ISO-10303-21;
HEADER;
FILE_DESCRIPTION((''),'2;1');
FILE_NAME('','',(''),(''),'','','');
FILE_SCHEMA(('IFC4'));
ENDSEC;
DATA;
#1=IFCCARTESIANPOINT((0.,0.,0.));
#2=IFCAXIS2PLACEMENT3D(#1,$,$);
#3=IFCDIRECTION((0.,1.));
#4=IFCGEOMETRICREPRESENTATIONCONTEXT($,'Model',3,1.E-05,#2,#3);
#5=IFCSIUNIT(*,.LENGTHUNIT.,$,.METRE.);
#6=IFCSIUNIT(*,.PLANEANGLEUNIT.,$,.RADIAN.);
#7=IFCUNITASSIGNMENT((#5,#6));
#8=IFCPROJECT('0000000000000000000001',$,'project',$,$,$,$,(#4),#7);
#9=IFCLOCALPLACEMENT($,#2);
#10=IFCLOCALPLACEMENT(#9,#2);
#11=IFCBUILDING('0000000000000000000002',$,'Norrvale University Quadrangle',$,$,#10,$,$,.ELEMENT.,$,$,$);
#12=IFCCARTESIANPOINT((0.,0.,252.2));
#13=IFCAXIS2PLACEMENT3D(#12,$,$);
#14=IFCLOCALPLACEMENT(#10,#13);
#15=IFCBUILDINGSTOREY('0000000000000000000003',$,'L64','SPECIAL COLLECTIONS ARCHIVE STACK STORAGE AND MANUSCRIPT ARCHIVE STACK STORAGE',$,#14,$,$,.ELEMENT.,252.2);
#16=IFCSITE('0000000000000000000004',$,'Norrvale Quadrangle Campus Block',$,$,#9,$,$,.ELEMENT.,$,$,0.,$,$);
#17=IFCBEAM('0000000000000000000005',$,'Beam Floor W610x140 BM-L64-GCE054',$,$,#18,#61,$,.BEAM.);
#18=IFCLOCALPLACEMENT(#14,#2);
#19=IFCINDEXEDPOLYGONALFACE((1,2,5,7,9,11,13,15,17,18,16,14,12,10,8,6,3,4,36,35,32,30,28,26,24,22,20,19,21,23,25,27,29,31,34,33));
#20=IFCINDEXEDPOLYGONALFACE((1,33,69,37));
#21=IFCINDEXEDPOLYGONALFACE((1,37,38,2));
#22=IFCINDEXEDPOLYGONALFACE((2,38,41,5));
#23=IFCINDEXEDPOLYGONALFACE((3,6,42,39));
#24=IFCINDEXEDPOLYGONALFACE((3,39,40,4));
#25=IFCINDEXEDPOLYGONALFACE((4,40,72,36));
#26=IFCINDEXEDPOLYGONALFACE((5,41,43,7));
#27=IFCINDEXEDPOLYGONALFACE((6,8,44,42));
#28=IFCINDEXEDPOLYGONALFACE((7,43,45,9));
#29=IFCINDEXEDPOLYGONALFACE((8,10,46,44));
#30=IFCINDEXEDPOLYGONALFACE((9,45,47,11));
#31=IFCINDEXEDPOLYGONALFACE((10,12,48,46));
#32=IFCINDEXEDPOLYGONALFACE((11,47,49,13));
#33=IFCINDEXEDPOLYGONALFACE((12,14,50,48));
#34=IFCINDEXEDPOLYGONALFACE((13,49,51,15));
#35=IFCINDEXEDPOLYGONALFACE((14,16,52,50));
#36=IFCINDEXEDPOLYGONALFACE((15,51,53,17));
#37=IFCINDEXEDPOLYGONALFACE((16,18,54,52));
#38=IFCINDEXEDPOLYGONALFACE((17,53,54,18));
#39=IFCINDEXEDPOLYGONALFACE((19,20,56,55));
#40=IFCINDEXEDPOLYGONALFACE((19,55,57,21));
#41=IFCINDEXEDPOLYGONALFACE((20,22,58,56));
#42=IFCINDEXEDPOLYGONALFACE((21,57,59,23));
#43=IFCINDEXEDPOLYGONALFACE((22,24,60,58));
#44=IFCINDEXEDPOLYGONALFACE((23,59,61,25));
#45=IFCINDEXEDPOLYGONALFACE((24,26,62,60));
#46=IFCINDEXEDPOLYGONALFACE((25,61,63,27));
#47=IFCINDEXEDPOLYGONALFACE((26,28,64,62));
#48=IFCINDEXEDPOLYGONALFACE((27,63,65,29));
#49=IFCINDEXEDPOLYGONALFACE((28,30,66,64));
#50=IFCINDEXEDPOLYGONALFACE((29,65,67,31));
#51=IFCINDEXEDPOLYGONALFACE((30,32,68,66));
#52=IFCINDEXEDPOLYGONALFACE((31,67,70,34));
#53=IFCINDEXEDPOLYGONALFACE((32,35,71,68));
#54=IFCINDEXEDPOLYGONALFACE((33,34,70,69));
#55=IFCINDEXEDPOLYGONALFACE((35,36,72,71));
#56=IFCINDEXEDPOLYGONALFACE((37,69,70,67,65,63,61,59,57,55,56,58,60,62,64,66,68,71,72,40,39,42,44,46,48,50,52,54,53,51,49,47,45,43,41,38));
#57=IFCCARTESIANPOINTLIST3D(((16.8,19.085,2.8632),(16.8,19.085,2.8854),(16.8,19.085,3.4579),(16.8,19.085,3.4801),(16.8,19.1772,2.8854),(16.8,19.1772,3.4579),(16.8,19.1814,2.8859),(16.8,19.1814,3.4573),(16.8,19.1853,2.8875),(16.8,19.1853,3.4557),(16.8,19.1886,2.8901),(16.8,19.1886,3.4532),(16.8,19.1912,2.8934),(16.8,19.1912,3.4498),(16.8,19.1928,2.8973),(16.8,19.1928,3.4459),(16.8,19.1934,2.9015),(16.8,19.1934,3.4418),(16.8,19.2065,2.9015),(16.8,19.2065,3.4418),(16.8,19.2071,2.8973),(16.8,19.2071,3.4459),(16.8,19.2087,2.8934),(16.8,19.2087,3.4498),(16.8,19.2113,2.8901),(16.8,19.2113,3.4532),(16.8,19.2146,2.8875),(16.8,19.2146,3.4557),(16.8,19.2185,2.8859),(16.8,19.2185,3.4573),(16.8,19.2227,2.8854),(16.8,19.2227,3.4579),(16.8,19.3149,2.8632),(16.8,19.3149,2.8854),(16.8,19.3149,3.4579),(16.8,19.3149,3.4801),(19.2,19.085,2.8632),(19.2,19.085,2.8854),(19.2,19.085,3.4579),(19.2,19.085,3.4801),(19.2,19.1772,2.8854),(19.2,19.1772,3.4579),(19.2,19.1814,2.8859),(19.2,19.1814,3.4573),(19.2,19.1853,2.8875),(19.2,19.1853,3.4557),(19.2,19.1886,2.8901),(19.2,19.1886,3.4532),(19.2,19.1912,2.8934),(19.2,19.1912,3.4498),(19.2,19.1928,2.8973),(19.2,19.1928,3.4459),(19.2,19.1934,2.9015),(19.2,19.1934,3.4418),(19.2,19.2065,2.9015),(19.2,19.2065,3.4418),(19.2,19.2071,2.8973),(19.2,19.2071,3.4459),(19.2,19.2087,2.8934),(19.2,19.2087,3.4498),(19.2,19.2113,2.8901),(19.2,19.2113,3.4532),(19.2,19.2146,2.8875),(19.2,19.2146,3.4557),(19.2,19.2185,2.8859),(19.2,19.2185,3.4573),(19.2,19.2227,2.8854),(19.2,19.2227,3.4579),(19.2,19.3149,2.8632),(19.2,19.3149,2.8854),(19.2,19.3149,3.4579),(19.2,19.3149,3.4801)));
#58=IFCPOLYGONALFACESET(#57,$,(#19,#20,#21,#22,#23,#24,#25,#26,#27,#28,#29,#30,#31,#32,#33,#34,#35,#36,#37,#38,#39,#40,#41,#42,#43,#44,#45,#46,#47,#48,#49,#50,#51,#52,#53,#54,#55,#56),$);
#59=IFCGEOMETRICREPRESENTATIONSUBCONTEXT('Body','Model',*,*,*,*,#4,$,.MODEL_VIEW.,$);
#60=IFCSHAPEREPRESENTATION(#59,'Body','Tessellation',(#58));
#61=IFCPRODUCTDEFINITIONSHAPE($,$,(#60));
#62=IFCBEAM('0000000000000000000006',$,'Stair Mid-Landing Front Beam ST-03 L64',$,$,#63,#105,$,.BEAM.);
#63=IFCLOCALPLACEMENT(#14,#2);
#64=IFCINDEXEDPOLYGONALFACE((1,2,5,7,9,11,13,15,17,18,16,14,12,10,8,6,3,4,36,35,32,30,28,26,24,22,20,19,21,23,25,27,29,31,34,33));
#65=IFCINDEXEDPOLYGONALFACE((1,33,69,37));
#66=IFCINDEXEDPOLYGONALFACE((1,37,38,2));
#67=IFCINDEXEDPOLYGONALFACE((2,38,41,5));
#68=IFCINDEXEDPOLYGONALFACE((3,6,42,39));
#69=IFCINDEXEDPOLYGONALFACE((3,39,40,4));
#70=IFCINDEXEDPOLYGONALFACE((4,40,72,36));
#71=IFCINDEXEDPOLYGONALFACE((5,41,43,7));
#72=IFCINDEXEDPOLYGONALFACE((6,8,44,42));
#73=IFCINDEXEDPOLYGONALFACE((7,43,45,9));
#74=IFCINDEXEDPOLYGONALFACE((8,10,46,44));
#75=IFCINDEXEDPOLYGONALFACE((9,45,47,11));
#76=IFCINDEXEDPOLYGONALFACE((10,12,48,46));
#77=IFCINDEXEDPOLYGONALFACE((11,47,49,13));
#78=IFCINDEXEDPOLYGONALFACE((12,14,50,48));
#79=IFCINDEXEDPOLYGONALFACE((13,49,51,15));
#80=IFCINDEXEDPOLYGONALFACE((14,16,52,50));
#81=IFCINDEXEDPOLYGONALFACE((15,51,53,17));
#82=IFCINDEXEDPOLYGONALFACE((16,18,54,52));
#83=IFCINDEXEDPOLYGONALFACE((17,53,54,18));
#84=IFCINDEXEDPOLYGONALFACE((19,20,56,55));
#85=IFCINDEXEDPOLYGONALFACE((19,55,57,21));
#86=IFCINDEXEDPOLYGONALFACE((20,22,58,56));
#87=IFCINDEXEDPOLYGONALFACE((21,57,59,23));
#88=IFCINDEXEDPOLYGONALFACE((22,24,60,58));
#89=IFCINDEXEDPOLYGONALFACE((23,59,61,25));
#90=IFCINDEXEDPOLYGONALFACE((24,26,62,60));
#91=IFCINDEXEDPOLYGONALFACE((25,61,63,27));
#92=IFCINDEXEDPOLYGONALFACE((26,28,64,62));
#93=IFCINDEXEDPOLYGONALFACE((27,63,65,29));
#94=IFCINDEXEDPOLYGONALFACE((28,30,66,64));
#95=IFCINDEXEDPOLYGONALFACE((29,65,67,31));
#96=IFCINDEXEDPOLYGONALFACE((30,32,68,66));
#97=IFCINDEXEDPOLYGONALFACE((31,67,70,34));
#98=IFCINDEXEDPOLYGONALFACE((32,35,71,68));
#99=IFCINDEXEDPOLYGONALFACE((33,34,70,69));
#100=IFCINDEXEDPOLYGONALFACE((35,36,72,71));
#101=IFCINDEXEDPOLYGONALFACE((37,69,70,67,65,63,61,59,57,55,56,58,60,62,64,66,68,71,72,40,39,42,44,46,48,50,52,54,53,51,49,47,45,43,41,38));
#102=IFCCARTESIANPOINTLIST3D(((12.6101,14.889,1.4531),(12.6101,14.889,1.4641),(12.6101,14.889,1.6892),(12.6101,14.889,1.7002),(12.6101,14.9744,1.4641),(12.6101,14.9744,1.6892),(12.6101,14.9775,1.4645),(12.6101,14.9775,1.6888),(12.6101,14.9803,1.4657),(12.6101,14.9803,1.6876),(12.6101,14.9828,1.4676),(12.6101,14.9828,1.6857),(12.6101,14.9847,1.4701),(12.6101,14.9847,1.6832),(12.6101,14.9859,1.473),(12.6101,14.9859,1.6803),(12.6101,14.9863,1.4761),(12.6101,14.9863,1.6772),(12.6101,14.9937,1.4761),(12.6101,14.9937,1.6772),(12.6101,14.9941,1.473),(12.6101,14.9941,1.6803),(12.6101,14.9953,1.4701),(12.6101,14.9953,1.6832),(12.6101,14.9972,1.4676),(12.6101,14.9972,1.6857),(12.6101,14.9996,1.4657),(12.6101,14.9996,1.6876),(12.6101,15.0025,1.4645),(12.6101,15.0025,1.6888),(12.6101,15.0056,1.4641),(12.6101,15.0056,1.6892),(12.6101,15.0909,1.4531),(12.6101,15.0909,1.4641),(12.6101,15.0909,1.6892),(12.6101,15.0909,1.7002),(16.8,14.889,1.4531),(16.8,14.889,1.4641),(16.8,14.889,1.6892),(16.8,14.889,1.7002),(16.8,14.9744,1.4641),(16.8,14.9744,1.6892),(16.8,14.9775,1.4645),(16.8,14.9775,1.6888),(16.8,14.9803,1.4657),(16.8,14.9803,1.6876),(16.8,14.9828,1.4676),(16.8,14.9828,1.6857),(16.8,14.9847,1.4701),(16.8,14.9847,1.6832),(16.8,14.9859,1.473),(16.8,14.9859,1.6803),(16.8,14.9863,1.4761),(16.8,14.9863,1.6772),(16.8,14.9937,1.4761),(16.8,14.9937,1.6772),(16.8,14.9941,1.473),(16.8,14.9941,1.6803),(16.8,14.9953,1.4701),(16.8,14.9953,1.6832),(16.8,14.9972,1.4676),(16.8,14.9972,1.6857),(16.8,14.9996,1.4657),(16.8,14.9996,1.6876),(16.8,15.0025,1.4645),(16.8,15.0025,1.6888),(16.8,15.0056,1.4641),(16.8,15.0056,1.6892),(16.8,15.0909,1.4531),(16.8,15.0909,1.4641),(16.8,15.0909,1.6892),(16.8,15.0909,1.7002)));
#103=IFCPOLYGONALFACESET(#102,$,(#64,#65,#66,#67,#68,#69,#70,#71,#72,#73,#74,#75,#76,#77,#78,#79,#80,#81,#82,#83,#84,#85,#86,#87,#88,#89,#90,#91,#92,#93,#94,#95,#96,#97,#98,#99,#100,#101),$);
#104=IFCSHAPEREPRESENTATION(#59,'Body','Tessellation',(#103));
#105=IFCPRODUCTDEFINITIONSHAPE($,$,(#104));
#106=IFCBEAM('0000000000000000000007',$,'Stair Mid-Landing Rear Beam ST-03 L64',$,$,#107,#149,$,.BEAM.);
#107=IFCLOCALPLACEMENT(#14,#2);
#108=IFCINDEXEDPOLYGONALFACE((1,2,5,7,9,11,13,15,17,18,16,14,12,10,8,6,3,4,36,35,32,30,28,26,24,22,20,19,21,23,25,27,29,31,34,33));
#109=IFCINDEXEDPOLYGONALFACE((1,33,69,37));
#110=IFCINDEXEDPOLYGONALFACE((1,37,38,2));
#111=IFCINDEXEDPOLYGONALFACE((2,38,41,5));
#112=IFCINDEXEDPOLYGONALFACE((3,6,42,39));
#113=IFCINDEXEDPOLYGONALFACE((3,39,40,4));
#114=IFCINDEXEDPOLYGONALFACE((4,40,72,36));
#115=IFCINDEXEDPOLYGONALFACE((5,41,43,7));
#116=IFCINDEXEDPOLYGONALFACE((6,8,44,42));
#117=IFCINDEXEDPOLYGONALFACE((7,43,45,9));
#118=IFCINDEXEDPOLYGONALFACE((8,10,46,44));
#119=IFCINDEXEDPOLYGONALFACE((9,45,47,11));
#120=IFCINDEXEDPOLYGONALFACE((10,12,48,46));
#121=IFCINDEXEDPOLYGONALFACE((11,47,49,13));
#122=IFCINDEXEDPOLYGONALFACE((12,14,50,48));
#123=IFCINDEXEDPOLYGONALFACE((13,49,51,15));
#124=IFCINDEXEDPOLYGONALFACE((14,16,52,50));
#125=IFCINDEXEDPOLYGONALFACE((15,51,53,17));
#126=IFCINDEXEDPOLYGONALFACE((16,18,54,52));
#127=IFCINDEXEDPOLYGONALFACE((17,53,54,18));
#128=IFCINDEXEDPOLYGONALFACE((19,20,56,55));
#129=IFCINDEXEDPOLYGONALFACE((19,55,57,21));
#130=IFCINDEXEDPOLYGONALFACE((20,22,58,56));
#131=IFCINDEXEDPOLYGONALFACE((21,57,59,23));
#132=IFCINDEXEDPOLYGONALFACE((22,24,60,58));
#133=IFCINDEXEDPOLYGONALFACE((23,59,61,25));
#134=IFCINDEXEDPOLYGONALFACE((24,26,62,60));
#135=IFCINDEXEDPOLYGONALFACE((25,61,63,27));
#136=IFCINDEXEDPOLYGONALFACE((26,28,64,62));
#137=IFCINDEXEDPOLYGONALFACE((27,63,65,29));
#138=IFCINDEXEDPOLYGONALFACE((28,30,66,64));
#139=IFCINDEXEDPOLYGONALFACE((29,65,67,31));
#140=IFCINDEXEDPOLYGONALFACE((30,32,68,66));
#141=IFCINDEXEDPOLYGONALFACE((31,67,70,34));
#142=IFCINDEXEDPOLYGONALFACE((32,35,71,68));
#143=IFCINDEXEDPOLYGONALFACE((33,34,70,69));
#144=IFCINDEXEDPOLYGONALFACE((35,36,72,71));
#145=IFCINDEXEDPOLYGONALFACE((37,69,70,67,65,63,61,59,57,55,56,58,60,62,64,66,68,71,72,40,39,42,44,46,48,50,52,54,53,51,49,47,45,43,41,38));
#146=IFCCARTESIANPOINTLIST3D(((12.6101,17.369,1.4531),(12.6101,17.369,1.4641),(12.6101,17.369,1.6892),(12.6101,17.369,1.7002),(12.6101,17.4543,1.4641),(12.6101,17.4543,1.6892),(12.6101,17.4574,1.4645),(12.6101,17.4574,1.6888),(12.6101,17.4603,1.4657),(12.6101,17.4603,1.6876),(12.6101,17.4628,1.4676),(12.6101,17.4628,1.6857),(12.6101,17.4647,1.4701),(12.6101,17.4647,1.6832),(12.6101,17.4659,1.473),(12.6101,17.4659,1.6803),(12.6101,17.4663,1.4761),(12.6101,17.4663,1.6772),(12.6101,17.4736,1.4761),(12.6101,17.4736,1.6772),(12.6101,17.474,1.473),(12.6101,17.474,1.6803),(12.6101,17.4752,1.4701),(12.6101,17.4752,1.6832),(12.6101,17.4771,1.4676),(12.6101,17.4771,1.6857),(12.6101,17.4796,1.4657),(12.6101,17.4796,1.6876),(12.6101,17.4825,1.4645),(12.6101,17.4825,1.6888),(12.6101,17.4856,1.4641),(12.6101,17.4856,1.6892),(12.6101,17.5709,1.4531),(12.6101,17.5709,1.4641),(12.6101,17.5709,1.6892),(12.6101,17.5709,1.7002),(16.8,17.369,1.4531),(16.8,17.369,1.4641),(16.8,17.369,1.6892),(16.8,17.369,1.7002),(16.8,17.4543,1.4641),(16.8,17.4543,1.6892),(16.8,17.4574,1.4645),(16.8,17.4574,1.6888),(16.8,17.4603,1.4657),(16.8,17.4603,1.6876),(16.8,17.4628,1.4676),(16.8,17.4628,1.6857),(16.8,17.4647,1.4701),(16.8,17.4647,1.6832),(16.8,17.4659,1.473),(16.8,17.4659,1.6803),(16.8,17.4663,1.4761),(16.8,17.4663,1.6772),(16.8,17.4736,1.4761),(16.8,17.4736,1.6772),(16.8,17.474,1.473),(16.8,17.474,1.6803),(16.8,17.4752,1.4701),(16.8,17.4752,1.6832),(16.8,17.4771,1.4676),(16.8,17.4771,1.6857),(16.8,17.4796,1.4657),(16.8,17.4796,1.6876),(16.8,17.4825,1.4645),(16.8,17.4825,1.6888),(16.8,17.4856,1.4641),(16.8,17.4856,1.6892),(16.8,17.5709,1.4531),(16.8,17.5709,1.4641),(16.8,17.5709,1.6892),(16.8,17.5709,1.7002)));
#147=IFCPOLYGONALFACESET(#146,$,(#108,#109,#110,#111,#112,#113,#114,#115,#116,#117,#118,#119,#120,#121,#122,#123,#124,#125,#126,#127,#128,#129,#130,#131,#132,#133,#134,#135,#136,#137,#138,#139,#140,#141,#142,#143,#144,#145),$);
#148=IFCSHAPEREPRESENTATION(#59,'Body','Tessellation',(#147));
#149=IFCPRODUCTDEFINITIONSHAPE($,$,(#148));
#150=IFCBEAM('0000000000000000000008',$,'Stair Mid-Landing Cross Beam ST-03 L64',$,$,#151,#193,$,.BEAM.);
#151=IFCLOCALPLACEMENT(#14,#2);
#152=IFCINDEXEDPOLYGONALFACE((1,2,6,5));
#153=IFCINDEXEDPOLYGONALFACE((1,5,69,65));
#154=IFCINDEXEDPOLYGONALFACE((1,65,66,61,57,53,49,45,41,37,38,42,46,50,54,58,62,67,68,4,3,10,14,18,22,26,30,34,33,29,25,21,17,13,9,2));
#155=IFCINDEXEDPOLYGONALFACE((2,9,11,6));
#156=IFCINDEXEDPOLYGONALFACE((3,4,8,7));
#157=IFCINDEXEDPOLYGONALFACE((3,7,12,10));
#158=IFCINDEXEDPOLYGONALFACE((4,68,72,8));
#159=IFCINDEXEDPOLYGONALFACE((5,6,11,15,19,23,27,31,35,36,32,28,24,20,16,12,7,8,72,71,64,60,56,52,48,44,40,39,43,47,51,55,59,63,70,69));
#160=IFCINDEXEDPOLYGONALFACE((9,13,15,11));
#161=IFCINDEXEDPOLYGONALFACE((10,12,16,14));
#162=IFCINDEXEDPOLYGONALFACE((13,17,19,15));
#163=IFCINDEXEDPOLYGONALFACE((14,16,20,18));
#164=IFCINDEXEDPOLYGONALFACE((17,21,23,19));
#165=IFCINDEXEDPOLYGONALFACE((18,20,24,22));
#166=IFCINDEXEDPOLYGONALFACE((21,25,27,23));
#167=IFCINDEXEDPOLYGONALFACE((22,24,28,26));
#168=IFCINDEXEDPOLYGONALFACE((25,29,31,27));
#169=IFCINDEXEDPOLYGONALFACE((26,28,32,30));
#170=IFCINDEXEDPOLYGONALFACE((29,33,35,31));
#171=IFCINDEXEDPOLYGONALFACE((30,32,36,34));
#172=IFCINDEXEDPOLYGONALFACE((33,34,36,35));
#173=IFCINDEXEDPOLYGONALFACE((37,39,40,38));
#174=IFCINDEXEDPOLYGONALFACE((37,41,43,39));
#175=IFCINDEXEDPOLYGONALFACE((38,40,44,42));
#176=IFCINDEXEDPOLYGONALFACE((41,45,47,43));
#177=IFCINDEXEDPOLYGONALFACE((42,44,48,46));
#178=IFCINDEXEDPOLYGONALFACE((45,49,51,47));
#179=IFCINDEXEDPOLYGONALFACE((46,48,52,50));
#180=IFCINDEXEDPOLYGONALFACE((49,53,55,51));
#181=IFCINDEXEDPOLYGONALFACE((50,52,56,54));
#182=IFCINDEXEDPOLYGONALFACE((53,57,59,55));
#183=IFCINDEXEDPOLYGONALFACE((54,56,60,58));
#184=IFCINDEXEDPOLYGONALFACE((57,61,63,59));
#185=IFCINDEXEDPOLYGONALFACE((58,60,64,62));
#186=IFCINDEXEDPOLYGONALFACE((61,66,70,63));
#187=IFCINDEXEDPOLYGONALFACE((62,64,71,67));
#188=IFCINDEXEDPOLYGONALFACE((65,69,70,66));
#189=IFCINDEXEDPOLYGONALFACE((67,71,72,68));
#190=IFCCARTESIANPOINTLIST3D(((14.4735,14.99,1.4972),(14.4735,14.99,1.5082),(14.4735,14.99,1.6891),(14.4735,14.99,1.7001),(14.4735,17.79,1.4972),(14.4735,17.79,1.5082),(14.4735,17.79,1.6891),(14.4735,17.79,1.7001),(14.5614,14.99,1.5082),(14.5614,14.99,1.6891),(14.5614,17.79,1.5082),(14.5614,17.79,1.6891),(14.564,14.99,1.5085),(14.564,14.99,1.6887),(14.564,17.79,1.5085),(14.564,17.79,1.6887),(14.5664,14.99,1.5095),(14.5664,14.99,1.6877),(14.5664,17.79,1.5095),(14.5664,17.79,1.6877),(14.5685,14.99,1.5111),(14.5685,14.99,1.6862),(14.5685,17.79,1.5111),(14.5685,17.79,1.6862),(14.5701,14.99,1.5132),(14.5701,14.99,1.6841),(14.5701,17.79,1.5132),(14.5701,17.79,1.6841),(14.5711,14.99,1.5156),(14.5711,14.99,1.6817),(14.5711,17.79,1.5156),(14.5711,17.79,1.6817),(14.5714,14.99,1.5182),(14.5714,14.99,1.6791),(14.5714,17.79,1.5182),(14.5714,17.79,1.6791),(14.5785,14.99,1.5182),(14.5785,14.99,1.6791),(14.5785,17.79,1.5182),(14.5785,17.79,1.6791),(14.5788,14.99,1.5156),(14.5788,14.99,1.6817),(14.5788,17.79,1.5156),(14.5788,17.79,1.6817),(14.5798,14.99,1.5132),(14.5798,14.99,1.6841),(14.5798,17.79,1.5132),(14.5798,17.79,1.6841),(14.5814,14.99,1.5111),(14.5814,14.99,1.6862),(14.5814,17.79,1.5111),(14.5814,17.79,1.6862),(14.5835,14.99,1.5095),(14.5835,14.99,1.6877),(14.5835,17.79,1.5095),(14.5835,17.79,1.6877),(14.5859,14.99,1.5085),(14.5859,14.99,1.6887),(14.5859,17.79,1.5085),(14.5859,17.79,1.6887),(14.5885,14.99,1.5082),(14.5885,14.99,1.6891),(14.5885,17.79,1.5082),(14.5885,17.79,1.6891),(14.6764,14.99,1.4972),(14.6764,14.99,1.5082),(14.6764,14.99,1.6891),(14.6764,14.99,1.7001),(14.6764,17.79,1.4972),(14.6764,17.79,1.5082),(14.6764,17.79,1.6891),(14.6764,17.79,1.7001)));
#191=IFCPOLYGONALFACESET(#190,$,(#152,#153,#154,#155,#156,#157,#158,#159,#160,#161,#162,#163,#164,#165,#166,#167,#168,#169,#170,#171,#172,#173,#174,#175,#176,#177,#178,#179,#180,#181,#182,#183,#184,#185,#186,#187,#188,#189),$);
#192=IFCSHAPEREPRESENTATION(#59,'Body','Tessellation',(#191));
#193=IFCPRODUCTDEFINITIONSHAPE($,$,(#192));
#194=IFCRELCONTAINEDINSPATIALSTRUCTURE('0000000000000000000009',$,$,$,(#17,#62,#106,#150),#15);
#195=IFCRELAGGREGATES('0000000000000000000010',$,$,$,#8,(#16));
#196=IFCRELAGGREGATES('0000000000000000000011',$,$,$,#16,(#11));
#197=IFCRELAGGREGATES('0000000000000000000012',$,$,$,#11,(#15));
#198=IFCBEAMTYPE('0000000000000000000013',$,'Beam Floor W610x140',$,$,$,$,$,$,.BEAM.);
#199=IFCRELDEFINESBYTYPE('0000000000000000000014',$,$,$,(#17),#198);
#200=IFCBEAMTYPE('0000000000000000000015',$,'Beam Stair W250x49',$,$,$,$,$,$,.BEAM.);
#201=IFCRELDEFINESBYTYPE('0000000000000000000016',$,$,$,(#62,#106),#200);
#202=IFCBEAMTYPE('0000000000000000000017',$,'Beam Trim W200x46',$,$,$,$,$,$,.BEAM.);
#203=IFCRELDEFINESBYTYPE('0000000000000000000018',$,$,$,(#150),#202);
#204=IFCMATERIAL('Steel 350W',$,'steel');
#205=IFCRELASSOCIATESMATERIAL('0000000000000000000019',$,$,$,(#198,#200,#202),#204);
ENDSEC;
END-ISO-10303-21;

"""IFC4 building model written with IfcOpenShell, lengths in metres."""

from ifc_helpers import new_model, si_unit, direction, frame, origin, origin_2d, place, context, subcontext, project, spatial, i_section, extrude, material, material_profile, profile_set, type_object, element, save


model = new_model("IFC4")

# Units and contexts
model_context = context("Model", 3, precision=1e-05, world=origin(), true_north=direction((0.0, 1.0)))
body_context = subcontext(model_context, "Body", "Model", "MODEL_VIEW")
ifc_project = project(units=[si_unit("LENGTHUNIT", "METRE"), si_unit("PLANEANGLEUNIT", "RADIAN")], contexts=[model_context])

# Site, building, storey
site_placement = place(None, origin())
site = spatial("IfcSite", under=ifc_project, at=site_placement, Name="Norrvale Quadrangle Campus Block", CompositionType="ELEMENT", RefElevation=0.0)
building_placement = place(site_placement, origin())
building = spatial("IfcBuilding", under=site, at=building_placement, Name="Norrvale University Quadrangle", CompositionType="ELEMENT")
storey_placement = place(building_placement, frame((0.0, 0.0, 252.2)))
storey = spatial("IfcBuildingStorey", under=building, at=storey_placement, Name="L64", Description="SPECIAL COLLECTIONS ARCHIVE STACK STORAGE AND MANUSCRIPT ARCHIVE STACK STORAGE", CompositionType="ELEMENT", Elevation=252.2)

# Beams
ifc_material_1 = material(Name="Steel 350W", Category="steel")
ifc_material_profile_1 = material_profile(ifc_material_1, i_section(OverallWidth=0.23, OverallDepth=0.6169, WebThickness=0.0132, FlangeThickness=0.0222, FilletRadius=0.0161, at=origin_2d()), Name="Steel 350W")
ifc_profile_set_1 = profile_set([ifc_material_profile_1], Name="Steel 350W")
beam_type_1 = type_object("IfcBeamType", Name="Beam Floor W610x140", PredefinedType="BEAM", material=ifc_profile_set_1)
beam_1_placement = place(storey_placement, frame((16.8, 19.2, 3.1716), z_axis=(1.0, 0.0, 0.0), x_axis=(0.0, 1.0, 0.0)))
element("IfcBeam", 1, at=beam_1_placement, inside=storey, type_object=beam_type_1, Name="Beam Floor W610x140 BM-L64-GCE054", PredefinedType="BEAM", context=body_context, shape_type="SweptSolid", body=[
    extrude(i_section(OverallWidth=0.23, OverallDepth=0.6169, WebThickness=0.0132, FlangeThickness=0.0222, FilletRadius=0.0161, at=origin_2d()), origin(), (0.0, 0.0, 1.0), 2.3999),
])
ifc_material_profile_2 = material_profile(ifc_material_1, i_section(OverallWidth=0.2019, OverallDepth=0.2471, WebThickness=0.0073, FlangeThickness=0.011, FilletRadius=0.012, at=origin_2d()), Name="Steel 350W")
ifc_profile_set_2 = profile_set([ifc_material_profile_2], Name="Steel 350W")
beam_type_2 = type_object("IfcBeamType", Name="Beam Stair W250x49", PredefinedType="BEAM", material=ifc_profile_set_2)
for number, where, z_axis, x_axis, name in (
    (2, (12.6101, 14.99, 1.5767), (1.0, 0.0, 0.0), (0.0, 1.0, 0.0), "Stair Mid-Landing Front Beam ST-03 L64"),
    (3, (12.6101, 17.47, 1.5767), (1.0, 0.0, 0.0), (0.0, 1.0, 0.0), "Stair Mid-Landing Rear Beam ST-03 L64"),
):
    element("IfcBeam", number, at=place(storey_placement, frame(where, z_axis=z_axis, x_axis=x_axis)), inside=storey, type_object=beam_type_2, Name=name, PredefinedType="BEAM", context=body_context, shape_type="SweptSolid", body=[
        extrude(i_section(OverallWidth=0.2019, OverallDepth=0.2471, WebThickness=0.0073, FlangeThickness=0.011, FilletRadius=0.012, at=origin_2d()), origin(), (0.0, 0.0, 1.0), 4.1899),
    ])
ifc_material_profile_3 = material_profile(ifc_material_1, i_section(OverallWidth=0.2029, OverallDepth=0.2029, WebThickness=0.0071, FlangeThickness=0.011, FilletRadius=0.01, at=origin_2d()), Name="Steel 350W")
ifc_profile_set_3 = profile_set([ifc_material_profile_3], Name="Steel 350W")
beam_type_3 = type_object("IfcBeamType", Name="Beam Trim W200x46", PredefinedType="BEAM", material=ifc_profile_set_3)
beam_2_placement = place(storey_placement, frame((14.575, 14.99, 1.5986), z_axis=(0.0, 1.0, 0.0), x_axis=(-1.0, 0.0, 0.0)))
element("IfcBeam", 4, at=beam_2_placement, inside=storey, type_object=beam_type_3, Name="Stair Mid-Landing Cross Beam ST-03 L64", PredefinedType="BEAM", context=body_context, shape_type="SweptSolid", body=[
    extrude(i_section(OverallWidth=0.2029, OverallDepth=0.2029, WebThickness=0.0071, FlangeThickness=0.011, FilletRadius=0.01, at=origin_2d()), origin(), (0.0, 0.0, 1.0), 2.8),
])

save(model, "model.ifc")
